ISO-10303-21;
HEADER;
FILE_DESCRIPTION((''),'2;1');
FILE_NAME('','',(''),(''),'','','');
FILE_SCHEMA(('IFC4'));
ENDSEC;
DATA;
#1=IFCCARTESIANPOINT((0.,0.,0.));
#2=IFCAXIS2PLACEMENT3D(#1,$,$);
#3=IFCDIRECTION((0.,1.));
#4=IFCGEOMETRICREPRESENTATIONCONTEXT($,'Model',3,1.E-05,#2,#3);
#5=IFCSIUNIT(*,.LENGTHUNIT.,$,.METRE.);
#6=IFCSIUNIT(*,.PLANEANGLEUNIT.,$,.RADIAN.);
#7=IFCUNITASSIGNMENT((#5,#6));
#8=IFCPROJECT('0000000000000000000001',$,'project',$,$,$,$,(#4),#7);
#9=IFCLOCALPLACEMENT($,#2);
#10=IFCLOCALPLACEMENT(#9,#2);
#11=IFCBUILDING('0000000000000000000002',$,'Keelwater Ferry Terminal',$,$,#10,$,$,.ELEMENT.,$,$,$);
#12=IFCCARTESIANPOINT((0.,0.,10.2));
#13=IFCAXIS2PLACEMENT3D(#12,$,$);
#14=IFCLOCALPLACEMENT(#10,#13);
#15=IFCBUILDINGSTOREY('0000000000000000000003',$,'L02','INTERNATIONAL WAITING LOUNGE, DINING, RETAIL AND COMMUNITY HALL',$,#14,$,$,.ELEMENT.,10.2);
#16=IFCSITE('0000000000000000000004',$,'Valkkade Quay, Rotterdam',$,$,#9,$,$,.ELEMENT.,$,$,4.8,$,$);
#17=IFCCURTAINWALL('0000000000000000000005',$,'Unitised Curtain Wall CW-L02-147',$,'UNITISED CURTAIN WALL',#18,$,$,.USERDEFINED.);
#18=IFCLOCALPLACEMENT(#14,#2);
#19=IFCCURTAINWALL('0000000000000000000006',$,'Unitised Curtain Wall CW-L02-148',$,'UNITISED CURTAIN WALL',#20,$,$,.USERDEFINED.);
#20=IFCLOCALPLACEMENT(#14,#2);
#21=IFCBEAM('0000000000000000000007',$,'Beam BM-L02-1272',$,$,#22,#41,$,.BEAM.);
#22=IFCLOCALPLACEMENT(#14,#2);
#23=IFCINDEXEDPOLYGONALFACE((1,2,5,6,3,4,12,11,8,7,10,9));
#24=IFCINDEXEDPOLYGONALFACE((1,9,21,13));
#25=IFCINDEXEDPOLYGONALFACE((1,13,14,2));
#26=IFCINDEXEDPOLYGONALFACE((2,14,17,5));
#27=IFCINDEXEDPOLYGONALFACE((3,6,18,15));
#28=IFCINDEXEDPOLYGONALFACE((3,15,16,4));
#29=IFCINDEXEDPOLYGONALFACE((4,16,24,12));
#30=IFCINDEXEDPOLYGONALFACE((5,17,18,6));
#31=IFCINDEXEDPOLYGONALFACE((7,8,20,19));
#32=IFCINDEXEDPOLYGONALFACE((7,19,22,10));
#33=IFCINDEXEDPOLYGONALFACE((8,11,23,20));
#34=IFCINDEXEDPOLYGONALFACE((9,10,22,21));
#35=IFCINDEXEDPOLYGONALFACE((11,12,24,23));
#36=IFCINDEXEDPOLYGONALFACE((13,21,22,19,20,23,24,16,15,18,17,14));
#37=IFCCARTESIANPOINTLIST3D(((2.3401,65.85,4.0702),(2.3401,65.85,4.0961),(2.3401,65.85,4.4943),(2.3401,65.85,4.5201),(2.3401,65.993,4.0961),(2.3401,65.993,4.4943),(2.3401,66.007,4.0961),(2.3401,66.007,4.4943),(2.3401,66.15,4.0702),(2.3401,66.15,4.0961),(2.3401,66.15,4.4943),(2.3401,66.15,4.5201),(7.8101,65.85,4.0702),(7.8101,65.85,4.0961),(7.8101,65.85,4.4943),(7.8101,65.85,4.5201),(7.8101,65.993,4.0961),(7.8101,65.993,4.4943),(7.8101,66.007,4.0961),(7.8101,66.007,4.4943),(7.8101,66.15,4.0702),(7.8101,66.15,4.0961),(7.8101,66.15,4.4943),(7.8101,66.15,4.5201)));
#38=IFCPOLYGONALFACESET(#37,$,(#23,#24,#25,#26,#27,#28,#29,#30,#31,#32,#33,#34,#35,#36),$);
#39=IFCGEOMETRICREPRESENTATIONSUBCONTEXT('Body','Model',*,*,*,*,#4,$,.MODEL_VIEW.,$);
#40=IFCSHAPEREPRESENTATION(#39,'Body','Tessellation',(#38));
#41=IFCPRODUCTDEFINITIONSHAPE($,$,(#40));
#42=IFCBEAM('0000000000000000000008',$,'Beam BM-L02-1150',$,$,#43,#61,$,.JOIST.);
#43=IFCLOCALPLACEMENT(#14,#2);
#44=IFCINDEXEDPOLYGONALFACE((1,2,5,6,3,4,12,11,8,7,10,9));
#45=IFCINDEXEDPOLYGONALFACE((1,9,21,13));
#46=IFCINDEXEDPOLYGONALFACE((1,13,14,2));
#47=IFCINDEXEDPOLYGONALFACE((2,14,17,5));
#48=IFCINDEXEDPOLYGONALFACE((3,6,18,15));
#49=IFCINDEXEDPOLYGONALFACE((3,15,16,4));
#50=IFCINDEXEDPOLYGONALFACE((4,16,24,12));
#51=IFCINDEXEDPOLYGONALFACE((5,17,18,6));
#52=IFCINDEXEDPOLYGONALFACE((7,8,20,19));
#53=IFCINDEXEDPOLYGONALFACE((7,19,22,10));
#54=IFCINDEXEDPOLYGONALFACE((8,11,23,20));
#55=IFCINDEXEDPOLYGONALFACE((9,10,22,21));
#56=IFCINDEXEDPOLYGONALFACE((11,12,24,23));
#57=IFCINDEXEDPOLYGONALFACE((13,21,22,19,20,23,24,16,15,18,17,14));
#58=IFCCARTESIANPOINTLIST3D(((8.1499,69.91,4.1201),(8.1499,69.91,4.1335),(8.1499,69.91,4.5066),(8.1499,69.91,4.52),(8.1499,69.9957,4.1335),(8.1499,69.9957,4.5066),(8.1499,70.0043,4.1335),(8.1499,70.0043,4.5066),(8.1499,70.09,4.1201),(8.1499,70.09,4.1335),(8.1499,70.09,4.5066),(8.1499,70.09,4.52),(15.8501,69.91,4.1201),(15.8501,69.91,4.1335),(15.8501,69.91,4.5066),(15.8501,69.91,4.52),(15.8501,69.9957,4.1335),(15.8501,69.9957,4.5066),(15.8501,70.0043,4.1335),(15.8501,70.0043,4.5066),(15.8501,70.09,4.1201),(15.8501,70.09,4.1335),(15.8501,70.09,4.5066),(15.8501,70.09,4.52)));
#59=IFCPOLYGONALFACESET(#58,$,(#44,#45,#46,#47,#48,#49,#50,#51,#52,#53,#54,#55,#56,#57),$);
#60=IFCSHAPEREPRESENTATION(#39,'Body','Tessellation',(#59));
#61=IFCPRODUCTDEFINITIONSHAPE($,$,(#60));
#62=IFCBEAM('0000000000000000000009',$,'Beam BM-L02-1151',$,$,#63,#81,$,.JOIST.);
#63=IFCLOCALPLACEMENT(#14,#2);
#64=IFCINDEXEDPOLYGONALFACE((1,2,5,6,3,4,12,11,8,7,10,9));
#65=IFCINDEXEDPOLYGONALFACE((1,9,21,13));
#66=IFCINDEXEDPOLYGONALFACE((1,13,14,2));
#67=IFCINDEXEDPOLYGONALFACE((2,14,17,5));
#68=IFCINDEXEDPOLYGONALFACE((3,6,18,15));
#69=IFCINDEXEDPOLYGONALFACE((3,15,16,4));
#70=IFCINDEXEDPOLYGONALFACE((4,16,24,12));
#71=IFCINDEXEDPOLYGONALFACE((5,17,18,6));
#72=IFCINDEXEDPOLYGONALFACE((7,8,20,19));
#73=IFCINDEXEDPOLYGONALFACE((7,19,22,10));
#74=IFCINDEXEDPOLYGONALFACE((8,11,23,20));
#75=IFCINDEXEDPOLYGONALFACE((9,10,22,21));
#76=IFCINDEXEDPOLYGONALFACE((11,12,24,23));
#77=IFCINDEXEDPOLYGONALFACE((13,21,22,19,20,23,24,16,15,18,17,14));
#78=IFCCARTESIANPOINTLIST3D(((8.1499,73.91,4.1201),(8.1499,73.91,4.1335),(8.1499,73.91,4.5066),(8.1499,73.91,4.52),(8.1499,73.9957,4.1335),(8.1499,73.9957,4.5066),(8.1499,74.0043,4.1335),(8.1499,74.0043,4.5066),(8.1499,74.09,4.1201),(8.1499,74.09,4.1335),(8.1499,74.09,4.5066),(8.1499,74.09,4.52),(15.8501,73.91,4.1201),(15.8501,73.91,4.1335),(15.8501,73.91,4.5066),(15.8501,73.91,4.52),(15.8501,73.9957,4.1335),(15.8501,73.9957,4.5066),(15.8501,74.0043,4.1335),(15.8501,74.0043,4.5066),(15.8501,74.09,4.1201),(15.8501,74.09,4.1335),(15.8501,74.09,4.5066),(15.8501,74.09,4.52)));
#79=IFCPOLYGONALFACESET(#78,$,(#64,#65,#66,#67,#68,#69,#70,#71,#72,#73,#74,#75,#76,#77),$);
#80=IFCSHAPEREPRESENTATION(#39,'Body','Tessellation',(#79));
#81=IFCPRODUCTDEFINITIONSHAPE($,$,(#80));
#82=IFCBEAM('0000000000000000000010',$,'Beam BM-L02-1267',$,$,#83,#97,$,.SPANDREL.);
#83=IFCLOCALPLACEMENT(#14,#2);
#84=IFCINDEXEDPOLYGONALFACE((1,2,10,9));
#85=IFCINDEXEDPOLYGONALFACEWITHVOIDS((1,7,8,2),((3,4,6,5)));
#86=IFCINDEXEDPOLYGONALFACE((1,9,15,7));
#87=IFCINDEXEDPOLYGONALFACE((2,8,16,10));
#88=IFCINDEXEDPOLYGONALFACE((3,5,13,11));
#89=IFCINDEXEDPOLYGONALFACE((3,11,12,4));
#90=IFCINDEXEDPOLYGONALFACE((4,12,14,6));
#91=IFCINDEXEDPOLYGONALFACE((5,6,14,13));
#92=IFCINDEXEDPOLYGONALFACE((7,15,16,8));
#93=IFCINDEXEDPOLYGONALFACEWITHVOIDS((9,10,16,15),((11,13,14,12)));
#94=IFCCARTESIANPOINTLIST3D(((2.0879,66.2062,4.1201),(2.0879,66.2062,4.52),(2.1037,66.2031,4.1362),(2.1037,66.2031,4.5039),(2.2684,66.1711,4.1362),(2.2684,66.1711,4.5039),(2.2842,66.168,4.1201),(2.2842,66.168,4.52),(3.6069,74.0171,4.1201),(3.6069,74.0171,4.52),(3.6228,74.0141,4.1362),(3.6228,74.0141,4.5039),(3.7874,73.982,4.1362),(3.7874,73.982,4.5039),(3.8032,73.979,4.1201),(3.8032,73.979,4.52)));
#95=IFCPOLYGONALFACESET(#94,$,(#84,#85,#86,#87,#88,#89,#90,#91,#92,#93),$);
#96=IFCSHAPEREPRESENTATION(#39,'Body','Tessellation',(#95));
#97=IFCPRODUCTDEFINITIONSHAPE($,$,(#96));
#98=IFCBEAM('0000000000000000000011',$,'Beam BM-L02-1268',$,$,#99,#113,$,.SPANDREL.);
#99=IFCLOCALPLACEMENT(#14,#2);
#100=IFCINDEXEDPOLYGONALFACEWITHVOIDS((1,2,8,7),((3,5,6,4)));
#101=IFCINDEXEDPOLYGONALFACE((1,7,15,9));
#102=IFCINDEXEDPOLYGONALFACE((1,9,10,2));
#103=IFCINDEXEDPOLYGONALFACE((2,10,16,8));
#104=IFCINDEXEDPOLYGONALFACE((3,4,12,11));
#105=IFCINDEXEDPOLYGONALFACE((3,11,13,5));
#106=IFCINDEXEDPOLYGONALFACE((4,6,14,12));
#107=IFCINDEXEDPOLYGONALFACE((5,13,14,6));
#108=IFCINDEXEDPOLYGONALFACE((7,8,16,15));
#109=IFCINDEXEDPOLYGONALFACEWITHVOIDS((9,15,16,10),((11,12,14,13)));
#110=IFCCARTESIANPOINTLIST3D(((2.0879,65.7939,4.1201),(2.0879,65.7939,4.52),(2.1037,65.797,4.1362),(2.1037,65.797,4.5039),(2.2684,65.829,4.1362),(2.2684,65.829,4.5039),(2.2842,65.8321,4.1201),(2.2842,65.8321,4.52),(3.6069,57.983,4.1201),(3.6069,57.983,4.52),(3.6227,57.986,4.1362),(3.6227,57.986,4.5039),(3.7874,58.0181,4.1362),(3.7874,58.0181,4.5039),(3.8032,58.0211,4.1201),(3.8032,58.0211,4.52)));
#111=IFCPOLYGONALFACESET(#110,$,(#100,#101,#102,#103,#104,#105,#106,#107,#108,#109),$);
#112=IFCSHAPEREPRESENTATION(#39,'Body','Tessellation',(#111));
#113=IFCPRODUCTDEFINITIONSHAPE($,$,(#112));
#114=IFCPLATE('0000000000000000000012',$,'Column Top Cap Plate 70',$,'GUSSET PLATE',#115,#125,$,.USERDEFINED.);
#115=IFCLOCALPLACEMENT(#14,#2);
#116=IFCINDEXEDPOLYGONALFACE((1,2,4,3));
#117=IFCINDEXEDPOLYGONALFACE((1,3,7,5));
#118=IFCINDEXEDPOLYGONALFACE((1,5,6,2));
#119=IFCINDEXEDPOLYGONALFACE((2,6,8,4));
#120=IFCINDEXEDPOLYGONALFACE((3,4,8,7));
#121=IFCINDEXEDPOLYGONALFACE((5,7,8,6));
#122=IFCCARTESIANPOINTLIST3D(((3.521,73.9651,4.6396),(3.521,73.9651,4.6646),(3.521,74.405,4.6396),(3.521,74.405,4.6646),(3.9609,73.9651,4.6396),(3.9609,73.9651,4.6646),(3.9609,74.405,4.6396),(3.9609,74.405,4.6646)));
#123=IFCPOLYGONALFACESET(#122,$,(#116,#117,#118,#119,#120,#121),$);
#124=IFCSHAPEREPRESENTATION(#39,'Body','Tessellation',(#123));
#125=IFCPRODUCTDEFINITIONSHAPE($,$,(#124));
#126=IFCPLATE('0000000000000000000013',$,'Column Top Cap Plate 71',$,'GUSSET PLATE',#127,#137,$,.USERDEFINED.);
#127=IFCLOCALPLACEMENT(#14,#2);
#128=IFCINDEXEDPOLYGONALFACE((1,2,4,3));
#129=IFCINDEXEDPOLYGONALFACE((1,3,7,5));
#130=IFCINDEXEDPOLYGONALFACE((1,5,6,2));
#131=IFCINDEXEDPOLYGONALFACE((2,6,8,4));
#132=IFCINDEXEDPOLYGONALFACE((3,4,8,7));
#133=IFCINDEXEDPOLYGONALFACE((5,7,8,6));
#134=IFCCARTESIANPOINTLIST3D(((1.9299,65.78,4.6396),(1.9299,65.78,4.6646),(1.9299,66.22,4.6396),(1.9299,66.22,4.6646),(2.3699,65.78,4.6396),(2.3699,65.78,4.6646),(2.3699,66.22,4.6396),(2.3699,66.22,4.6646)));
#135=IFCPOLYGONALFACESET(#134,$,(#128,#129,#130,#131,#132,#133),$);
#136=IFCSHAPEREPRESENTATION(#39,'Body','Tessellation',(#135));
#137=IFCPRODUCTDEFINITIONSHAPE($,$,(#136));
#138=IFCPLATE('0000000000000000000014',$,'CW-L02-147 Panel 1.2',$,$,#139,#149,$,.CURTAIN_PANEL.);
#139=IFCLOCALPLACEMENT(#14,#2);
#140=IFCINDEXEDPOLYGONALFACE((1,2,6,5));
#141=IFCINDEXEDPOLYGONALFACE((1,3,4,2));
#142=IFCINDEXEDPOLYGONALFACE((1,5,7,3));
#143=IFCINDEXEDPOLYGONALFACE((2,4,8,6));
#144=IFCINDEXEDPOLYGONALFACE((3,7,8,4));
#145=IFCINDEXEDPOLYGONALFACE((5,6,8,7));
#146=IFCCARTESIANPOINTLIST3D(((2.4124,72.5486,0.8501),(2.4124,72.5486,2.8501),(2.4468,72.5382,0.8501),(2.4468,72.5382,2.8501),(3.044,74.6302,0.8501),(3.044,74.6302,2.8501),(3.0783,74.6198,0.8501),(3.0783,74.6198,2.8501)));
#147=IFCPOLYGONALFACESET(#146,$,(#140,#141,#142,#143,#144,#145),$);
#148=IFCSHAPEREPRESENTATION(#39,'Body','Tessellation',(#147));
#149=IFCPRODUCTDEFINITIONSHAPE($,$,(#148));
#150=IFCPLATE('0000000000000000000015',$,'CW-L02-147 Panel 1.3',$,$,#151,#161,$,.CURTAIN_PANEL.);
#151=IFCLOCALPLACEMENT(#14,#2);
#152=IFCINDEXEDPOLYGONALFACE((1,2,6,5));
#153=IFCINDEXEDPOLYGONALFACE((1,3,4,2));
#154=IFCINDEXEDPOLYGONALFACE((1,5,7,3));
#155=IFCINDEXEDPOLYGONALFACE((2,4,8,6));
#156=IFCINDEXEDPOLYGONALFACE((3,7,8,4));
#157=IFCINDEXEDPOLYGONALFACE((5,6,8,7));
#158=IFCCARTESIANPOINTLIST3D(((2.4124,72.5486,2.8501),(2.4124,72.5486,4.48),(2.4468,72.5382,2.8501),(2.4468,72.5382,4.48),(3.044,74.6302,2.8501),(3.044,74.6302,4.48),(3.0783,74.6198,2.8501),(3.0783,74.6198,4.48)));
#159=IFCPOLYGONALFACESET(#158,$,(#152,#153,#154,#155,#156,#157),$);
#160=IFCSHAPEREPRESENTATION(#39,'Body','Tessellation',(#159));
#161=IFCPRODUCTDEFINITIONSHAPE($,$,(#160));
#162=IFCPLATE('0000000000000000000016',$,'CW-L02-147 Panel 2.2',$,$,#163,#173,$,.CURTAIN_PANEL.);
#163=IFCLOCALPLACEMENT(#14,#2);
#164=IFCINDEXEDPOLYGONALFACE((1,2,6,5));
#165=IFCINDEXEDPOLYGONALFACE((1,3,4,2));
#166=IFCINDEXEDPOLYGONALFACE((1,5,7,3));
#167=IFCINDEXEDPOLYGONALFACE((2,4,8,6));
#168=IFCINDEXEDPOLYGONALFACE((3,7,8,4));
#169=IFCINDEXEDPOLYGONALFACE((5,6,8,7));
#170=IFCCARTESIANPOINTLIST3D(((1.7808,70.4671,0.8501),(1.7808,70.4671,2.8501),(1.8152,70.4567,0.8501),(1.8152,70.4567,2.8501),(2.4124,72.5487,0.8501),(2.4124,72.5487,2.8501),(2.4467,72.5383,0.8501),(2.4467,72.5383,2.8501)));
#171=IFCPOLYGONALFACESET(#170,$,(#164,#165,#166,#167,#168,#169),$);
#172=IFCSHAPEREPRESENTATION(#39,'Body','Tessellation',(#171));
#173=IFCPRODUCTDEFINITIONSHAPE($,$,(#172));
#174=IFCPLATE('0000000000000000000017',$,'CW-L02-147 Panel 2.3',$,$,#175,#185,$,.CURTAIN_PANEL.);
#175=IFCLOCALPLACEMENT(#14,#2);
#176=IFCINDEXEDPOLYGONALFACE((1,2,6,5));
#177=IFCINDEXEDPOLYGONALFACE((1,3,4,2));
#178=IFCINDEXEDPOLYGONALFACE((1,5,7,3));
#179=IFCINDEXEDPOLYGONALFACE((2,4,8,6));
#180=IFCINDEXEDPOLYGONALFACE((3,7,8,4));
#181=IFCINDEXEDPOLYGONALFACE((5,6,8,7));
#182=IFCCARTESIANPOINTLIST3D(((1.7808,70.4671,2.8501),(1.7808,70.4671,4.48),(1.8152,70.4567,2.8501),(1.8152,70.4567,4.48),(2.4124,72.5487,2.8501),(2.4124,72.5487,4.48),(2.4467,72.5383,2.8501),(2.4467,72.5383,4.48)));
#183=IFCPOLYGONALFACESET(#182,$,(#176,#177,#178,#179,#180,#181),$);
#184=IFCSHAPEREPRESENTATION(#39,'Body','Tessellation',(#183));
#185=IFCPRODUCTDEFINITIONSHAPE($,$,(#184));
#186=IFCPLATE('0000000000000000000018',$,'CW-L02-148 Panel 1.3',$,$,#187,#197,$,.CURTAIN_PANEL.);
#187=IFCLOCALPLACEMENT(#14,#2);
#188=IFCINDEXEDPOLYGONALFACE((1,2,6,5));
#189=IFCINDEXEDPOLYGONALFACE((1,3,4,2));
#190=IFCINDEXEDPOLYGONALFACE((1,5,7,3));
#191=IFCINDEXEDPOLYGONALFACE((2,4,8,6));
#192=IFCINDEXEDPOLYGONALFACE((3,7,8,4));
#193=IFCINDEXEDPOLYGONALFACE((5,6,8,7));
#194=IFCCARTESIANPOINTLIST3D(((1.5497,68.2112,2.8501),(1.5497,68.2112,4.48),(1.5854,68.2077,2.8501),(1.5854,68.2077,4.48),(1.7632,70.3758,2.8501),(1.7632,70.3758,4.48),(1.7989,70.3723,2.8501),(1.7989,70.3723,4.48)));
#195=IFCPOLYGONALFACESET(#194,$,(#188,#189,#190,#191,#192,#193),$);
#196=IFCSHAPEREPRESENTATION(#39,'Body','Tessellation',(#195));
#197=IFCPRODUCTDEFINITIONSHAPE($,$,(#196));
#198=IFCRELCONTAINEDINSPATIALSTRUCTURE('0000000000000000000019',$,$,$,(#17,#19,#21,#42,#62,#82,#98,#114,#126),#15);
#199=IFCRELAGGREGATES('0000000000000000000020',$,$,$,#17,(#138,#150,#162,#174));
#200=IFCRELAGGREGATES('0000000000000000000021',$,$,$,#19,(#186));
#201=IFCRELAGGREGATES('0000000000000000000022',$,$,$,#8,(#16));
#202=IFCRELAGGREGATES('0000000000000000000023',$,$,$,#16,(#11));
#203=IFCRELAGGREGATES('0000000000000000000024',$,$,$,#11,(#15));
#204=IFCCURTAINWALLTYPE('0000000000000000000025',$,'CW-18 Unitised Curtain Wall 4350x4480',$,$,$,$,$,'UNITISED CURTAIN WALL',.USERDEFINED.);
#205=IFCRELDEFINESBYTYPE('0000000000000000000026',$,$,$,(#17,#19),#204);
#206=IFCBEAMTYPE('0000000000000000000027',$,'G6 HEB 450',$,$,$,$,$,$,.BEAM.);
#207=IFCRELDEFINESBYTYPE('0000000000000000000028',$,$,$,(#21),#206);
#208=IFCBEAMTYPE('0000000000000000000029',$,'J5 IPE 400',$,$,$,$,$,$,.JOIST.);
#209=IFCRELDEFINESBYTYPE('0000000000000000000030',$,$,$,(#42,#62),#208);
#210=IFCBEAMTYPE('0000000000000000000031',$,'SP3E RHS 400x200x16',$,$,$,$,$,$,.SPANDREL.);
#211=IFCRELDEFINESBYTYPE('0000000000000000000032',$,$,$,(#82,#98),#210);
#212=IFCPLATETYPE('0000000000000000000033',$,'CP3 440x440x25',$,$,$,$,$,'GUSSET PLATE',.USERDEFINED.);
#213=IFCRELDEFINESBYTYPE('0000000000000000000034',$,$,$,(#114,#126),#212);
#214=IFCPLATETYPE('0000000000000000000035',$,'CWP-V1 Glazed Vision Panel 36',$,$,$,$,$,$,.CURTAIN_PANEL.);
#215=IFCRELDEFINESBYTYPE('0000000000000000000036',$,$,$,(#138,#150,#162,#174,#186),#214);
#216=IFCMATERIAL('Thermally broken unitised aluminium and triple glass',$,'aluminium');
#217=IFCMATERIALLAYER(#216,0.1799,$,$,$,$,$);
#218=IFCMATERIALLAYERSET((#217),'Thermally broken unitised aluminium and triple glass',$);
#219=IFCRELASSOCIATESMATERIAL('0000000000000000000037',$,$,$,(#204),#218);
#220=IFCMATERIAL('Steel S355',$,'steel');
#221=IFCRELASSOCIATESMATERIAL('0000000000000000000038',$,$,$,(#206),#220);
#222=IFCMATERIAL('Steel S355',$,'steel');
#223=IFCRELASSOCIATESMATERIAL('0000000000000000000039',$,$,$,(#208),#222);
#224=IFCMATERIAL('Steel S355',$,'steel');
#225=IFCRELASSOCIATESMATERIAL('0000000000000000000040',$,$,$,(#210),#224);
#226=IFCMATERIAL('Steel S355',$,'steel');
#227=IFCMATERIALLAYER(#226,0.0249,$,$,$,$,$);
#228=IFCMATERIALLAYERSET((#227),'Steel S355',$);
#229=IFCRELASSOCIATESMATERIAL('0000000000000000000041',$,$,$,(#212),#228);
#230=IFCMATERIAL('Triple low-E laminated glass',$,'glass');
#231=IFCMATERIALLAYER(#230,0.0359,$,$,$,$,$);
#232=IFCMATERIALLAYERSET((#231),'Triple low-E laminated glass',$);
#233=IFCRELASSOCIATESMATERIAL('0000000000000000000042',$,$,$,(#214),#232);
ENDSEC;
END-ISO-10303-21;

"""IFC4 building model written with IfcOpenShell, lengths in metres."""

from ifc_helpers import new_model, si_unit, direction, frame, origin, origin_2d, place, context, subcontext, project, spatial, rectangle, hollow_rectangle, i_section, extrude, material, layer, layer_set, material_profile, profile_set, type_object, element, aggregate, save


model = new_model("IFC4")

# Units and contexts
model_context = context("Model", 3, precision=1e-05, world=origin(), true_north=direction((0.0, 1.0)))
body_context = subcontext(model_context, "Body", "Model", "MODEL_VIEW")
ifc_project = project(units=[si_unit("LENGTHUNIT", "METRE"), si_unit("PLANEANGLEUNIT", "RADIAN")], contexts=[model_context])

# Site, building, storey
site_placement = place(None, origin())
site = spatial("IfcSite", under=ifc_project, at=site_placement, Name="Valkkade Quay, Rotterdam", CompositionType="ELEMENT", RefElevation=4.8)
building_placement = place(site_placement, origin())
building = spatial("IfcBuilding", under=site, at=building_placement, Name="Keelwater Ferry Terminal", CompositionType="ELEMENT")
storey_placement = place(building_placement, frame((0.0, 0.0, 10.2)))
storey = spatial("IfcBuildingStorey", under=building, at=storey_placement, Name="L02", Description="INTERNATIONAL WAITING LOUNGE, DINING, RETAIL AND COMMUNITY HALL", CompositionType="ELEMENT", Elevation=10.2)

# Curtain walls
ifc_material_1 = material(Name="Thermally broken unitised aluminium and triple glass", Category="aluminium")
ifc_layer_1 = layer(ifc_material_1, 0.1799)
ifc_layer_set_1 = layer_set([ifc_layer_1], Name="Thermally broken unitised aluminium and triple glass")
curtain_wall_type = type_object("IfcCurtainWallType", Name="CW-18 Unitised Curtain Wall 4350x4480", ElementType="UNITISED CURTAIN WALL", PredefinedType="USERDEFINED", material=ifc_layer_set_1)
curtain_wall_1_placement = place(storey_placement, origin())
curtain_wall_1 = element("IfcCurtainWall", 1, at=curtain_wall_1_placement, inside=storey, type_object=curtain_wall_type, Name="Unitised Curtain Wall CW-L02-147", ObjectType="UNITISED CURTAIN WALL", PredefinedType="USERDEFINED")
curtain_wall_2_placement = place(storey_placement, origin())
curtain_wall_2 = element("IfcCurtainWall", 2, at=curtain_wall_2_placement, inside=storey, type_object=curtain_wall_type, Name="Unitised Curtain Wall CW-L02-148", ObjectType="UNITISED CURTAIN WALL", PredefinedType="USERDEFINED")

# Beams
ifc_material_2 = material(Name="Steel S355", Category="steel")
ifc_material_profile_1 = material_profile(ifc_material_2, i_section(OverallWidth=0.3, OverallDepth=0.45, WebThickness=0.0139, FlangeThickness=0.0259, at=origin_2d()), Name="HEB 450")
ifc_profile_set_1 = profile_set([ifc_material_profile_1], Name="Steel S355")
beam_type_1 = type_object("IfcBeamType", Name="G6 HEB 450", PredefinedType="BEAM", material=ifc_profile_set_1)
beam_1_placement = place(storey_placement, frame((2.3401, 66.0, 4.2952), z_axis=(1.0, 0.0, 0.0), x_axis=(0.0, 1.0, 0.0)))
element("IfcBeam", 3, at=beam_1_placement, inside=storey, type_object=beam_type_1, Name="Beam BM-L02-1272", PredefinedType="BEAM", context=body_context, shape_type="SweptSolid", body=[
    extrude(i_section(OverallWidth=0.3, OverallDepth=0.45, WebThickness=0.0139, FlangeThickness=0.0259, at=origin_2d()), origin(), (0.0, 0.0, 1.0), 5.47),
])
ifc_material_3 = material(Name="Steel S355", Category="steel")
ifc_material_profile_2 = material_profile(ifc_material_3, i_section(OverallWidth=0.1799, OverallDepth=0.3999, WebThickness=0.0085, FlangeThickness=0.0134, at=origin_2d()), Name="IPE 400")
ifc_profile_set_2 = profile_set([ifc_material_profile_2], Name="Steel S355")
beam_type_2 = type_object("IfcBeamType", Name="J5 IPE 400", PredefinedType="JOIST", material=ifc_profile_set_2)
for number, where, z_axis, x_axis, name in (
    (4, (8.1499, 70.0, 4.3201), (1.0, 0.0, 0.0), (0.0, 1.0, 0.0), "Beam BM-L02-1150"),
    (5, (8.1499, 74.0, 4.3201), (1.0, 0.0, 0.0), (0.0, 1.0, 0.0), "Beam BM-L02-1151"),
):
    element("IfcBeam", number, at=place(storey_placement, frame(where, z_axis=z_axis, x_axis=x_axis)), inside=storey, type_object=beam_type_2, Name=name, PredefinedType="JOIST", context=body_context, shape_type="SweptSolid", body=[
        extrude(i_section(OverallWidth=0.1799, OverallDepth=0.3999, WebThickness=0.0085, FlangeThickness=0.0134, at=origin_2d()), origin(), (0.0, 0.0, 1.0), 7.7002),
    ])
ifc_material_4 = material(Name="Steel S355", Category="steel")
ifc_material_profile_3 = material_profile(ifc_material_4, hollow_rectangle(XDim=0.2, YDim=0.3999, WallThickness=0.0161, at=origin_2d()), Name="RHS 400x200x16")
ifc_profile_set_3 = profile_set([ifc_material_profile_3], Name="Steel S355")
beam_type_3 = type_object("IfcBeamType", Name="SP3E RHS 400x200x16", PredefinedType="SPANDREL", material=ifc_profile_set_3)
for number, where, z_axis, x_axis, name in (
    (6, (3.7051, 73.998, 4.3201), (-0.190898, -0.98161, 0.0), (0.98161, -0.190898, 0.0), "Beam BM-L02-1267"),
    (7, (2.186, 65.813, 4.3201), (0.190898, -0.98161, 0.0), (0.98161, 0.190898, 0.0), "Beam BM-L02-1268"),
):
    element("IfcBeam", number, at=place(storey_placement, frame(where, z_axis=z_axis, x_axis=x_axis)), inside=storey, type_object=beam_type_3, Name=name, PredefinedType="SPANDREL", context=body_context, shape_type="SweptSolid", body=[
        extrude(hollow_rectangle(XDim=0.2, YDim=0.3999, WallThickness=0.0161, at=origin_2d()), origin(), (0.0, 0.0, 1.0), 7.9573),
    ])

# Plates
ifc_material_5 = material(Name="Steel S355", Category="steel")
ifc_layer_2 = layer(ifc_material_5, 0.0249)
ifc_layer_set_2 = layer_set([ifc_layer_2], Name="Steel S355")
plate_type_1 = type_object("IfcPlateType", Name="CP3 440x440x25", ElementType="GUSSET PLATE", PredefinedType="USERDEFINED", material=ifc_layer_set_2)
for number, where, z_axis, x_axis, name in (
    (8, (3.741, 74.1851, 4.6396), (0.0, 0.0, 1.0), (1.0, 0.0, 0.0), "Column Top Cap Plate 70"),
    (9, (2.1499, 66.0, 4.6396), (0.0, 0.0, 1.0), (1.0, 0.0, 0.0), "Column Top Cap Plate 71"),
):
    element("IfcPlate", number, at=place(storey_placement, frame(where, z_axis=z_axis, x_axis=x_axis)), inside=storey, type_object=plate_type_1, Name=name, ObjectType="GUSSET PLATE", PredefinedType="USERDEFINED", context=body_context, shape_type="SweptSolid", body=[
        extrude(rectangle(XDim=0.4399, YDim=0.4399, at=origin_2d()), origin(), (0.0, 0.0, 1.0), 0.0249),
    ])

# Plates
ifc_material_6 = material(Name="Triple low-E laminated glass", Category="glass")
ifc_layer_3 = layer(ifc_material_6, 0.0359)
ifc_layer_set_3 = layer_set([ifc_layer_3], Name="Triple low-E laminated glass")
plate_type_2 = type_object("IfcPlateType", Name="CWP-V1 Glazed Vision Panel 36", PredefinedType="CURTAIN_PANEL", material=ifc_layer_set_3)
plate_1_placement = place(storey_placement, frame((2.7454, 73.5842, 0.8501), z_axis=(0.0, 0.0, 1.0), x_axis=(-0.29032, -0.95693, 0.0)))
plate_1 = element("IfcPlate", 10, at=plate_1_placement, type_object=plate_type_2, Name="CW-L02-147 Panel 1.2", PredefinedType="CURTAIN_PANEL", context=body_context, shape_type="SweptSolid", body=[
    extrude(rectangle(XDim=2.1753, YDim=0.0359, at=origin_2d()), origin(), (0.0, 0.0, 1.0), 2.0),
])
plate_2_placement = place(storey_placement, frame((2.7454, 73.5842, 2.8501), z_axis=(0.0, 0.0, 1.0), x_axis=(-0.29032, -0.95693, 0.0)))
plate_2 = element("IfcPlate", 11, at=plate_2_placement, type_object=plate_type_2, Name="CW-L02-147 Panel 1.3", PredefinedType="CURTAIN_PANEL", context=body_context, shape_type="SweptSolid", body=[
    extrude(rectangle(XDim=2.1753, YDim=0.0359, at=origin_2d()), origin(), (0.0, 0.0, 1.0), 1.6299),
])
plate_3_placement = place(storey_placement, frame((2.1138, 71.5027, 0.8501), z_axis=(0.0, 0.0, 1.0), x_axis=(-0.29032, -0.95693, 0.0)))
plate_3 = element("IfcPlate", 12, at=plate_3_placement, type_object=plate_type_2, Name="CW-L02-147 Panel 2.2", PredefinedType="CURTAIN_PANEL", context=body_context, shape_type="SweptSolid", body=[
    extrude(rectangle(XDim=2.1753, YDim=0.0359, at=origin_2d()), origin(), (0.0, 0.0, 1.0), 2.0),
])
plate_4_placement = place(storey_placement, frame((2.1138, 71.5027, 2.8501), z_axis=(0.0, 0.0, 1.0), x_axis=(-0.29032, -0.95693, 0.0)))
plate_4 = element("IfcPlate", 13, at=plate_4_placement, type_object=plate_type_2, Name="CW-L02-147 Panel 2.3", PredefinedType="CURTAIN_PANEL", context=body_context, shape_type="SweptSolid", body=[
    extrude(rectangle(XDim=2.1753, YDim=0.0359, at=origin_2d()), origin(), (0.0, 0.0, 1.0), 1.6299),
])
aggregate(curtain_wall_1, [plate_1, plate_2, plate_3, plate_4])
plate_5_placement = place(storey_placement, frame((1.6743, 69.2917, 2.8501), z_axis=(0.0, 0.0, 1.0), x_axis=(-0.098161, -0.995171, 0.0)))
plate_5 = element("IfcPlate", 14, at=plate_5_placement, type_object=plate_type_2, Name="CW-L02-148 Panel 1.3", PredefinedType="CURTAIN_PANEL", context=body_context, shape_type="SweptSolid", body=[
    extrude(rectangle(XDim=2.175, YDim=0.0359, at=origin_2d()), origin(), (0.0, 0.0, 1.0), 1.6299),
])
aggregate(curtain_wall_2, [plate_5])

save(model, "model.ifc")
